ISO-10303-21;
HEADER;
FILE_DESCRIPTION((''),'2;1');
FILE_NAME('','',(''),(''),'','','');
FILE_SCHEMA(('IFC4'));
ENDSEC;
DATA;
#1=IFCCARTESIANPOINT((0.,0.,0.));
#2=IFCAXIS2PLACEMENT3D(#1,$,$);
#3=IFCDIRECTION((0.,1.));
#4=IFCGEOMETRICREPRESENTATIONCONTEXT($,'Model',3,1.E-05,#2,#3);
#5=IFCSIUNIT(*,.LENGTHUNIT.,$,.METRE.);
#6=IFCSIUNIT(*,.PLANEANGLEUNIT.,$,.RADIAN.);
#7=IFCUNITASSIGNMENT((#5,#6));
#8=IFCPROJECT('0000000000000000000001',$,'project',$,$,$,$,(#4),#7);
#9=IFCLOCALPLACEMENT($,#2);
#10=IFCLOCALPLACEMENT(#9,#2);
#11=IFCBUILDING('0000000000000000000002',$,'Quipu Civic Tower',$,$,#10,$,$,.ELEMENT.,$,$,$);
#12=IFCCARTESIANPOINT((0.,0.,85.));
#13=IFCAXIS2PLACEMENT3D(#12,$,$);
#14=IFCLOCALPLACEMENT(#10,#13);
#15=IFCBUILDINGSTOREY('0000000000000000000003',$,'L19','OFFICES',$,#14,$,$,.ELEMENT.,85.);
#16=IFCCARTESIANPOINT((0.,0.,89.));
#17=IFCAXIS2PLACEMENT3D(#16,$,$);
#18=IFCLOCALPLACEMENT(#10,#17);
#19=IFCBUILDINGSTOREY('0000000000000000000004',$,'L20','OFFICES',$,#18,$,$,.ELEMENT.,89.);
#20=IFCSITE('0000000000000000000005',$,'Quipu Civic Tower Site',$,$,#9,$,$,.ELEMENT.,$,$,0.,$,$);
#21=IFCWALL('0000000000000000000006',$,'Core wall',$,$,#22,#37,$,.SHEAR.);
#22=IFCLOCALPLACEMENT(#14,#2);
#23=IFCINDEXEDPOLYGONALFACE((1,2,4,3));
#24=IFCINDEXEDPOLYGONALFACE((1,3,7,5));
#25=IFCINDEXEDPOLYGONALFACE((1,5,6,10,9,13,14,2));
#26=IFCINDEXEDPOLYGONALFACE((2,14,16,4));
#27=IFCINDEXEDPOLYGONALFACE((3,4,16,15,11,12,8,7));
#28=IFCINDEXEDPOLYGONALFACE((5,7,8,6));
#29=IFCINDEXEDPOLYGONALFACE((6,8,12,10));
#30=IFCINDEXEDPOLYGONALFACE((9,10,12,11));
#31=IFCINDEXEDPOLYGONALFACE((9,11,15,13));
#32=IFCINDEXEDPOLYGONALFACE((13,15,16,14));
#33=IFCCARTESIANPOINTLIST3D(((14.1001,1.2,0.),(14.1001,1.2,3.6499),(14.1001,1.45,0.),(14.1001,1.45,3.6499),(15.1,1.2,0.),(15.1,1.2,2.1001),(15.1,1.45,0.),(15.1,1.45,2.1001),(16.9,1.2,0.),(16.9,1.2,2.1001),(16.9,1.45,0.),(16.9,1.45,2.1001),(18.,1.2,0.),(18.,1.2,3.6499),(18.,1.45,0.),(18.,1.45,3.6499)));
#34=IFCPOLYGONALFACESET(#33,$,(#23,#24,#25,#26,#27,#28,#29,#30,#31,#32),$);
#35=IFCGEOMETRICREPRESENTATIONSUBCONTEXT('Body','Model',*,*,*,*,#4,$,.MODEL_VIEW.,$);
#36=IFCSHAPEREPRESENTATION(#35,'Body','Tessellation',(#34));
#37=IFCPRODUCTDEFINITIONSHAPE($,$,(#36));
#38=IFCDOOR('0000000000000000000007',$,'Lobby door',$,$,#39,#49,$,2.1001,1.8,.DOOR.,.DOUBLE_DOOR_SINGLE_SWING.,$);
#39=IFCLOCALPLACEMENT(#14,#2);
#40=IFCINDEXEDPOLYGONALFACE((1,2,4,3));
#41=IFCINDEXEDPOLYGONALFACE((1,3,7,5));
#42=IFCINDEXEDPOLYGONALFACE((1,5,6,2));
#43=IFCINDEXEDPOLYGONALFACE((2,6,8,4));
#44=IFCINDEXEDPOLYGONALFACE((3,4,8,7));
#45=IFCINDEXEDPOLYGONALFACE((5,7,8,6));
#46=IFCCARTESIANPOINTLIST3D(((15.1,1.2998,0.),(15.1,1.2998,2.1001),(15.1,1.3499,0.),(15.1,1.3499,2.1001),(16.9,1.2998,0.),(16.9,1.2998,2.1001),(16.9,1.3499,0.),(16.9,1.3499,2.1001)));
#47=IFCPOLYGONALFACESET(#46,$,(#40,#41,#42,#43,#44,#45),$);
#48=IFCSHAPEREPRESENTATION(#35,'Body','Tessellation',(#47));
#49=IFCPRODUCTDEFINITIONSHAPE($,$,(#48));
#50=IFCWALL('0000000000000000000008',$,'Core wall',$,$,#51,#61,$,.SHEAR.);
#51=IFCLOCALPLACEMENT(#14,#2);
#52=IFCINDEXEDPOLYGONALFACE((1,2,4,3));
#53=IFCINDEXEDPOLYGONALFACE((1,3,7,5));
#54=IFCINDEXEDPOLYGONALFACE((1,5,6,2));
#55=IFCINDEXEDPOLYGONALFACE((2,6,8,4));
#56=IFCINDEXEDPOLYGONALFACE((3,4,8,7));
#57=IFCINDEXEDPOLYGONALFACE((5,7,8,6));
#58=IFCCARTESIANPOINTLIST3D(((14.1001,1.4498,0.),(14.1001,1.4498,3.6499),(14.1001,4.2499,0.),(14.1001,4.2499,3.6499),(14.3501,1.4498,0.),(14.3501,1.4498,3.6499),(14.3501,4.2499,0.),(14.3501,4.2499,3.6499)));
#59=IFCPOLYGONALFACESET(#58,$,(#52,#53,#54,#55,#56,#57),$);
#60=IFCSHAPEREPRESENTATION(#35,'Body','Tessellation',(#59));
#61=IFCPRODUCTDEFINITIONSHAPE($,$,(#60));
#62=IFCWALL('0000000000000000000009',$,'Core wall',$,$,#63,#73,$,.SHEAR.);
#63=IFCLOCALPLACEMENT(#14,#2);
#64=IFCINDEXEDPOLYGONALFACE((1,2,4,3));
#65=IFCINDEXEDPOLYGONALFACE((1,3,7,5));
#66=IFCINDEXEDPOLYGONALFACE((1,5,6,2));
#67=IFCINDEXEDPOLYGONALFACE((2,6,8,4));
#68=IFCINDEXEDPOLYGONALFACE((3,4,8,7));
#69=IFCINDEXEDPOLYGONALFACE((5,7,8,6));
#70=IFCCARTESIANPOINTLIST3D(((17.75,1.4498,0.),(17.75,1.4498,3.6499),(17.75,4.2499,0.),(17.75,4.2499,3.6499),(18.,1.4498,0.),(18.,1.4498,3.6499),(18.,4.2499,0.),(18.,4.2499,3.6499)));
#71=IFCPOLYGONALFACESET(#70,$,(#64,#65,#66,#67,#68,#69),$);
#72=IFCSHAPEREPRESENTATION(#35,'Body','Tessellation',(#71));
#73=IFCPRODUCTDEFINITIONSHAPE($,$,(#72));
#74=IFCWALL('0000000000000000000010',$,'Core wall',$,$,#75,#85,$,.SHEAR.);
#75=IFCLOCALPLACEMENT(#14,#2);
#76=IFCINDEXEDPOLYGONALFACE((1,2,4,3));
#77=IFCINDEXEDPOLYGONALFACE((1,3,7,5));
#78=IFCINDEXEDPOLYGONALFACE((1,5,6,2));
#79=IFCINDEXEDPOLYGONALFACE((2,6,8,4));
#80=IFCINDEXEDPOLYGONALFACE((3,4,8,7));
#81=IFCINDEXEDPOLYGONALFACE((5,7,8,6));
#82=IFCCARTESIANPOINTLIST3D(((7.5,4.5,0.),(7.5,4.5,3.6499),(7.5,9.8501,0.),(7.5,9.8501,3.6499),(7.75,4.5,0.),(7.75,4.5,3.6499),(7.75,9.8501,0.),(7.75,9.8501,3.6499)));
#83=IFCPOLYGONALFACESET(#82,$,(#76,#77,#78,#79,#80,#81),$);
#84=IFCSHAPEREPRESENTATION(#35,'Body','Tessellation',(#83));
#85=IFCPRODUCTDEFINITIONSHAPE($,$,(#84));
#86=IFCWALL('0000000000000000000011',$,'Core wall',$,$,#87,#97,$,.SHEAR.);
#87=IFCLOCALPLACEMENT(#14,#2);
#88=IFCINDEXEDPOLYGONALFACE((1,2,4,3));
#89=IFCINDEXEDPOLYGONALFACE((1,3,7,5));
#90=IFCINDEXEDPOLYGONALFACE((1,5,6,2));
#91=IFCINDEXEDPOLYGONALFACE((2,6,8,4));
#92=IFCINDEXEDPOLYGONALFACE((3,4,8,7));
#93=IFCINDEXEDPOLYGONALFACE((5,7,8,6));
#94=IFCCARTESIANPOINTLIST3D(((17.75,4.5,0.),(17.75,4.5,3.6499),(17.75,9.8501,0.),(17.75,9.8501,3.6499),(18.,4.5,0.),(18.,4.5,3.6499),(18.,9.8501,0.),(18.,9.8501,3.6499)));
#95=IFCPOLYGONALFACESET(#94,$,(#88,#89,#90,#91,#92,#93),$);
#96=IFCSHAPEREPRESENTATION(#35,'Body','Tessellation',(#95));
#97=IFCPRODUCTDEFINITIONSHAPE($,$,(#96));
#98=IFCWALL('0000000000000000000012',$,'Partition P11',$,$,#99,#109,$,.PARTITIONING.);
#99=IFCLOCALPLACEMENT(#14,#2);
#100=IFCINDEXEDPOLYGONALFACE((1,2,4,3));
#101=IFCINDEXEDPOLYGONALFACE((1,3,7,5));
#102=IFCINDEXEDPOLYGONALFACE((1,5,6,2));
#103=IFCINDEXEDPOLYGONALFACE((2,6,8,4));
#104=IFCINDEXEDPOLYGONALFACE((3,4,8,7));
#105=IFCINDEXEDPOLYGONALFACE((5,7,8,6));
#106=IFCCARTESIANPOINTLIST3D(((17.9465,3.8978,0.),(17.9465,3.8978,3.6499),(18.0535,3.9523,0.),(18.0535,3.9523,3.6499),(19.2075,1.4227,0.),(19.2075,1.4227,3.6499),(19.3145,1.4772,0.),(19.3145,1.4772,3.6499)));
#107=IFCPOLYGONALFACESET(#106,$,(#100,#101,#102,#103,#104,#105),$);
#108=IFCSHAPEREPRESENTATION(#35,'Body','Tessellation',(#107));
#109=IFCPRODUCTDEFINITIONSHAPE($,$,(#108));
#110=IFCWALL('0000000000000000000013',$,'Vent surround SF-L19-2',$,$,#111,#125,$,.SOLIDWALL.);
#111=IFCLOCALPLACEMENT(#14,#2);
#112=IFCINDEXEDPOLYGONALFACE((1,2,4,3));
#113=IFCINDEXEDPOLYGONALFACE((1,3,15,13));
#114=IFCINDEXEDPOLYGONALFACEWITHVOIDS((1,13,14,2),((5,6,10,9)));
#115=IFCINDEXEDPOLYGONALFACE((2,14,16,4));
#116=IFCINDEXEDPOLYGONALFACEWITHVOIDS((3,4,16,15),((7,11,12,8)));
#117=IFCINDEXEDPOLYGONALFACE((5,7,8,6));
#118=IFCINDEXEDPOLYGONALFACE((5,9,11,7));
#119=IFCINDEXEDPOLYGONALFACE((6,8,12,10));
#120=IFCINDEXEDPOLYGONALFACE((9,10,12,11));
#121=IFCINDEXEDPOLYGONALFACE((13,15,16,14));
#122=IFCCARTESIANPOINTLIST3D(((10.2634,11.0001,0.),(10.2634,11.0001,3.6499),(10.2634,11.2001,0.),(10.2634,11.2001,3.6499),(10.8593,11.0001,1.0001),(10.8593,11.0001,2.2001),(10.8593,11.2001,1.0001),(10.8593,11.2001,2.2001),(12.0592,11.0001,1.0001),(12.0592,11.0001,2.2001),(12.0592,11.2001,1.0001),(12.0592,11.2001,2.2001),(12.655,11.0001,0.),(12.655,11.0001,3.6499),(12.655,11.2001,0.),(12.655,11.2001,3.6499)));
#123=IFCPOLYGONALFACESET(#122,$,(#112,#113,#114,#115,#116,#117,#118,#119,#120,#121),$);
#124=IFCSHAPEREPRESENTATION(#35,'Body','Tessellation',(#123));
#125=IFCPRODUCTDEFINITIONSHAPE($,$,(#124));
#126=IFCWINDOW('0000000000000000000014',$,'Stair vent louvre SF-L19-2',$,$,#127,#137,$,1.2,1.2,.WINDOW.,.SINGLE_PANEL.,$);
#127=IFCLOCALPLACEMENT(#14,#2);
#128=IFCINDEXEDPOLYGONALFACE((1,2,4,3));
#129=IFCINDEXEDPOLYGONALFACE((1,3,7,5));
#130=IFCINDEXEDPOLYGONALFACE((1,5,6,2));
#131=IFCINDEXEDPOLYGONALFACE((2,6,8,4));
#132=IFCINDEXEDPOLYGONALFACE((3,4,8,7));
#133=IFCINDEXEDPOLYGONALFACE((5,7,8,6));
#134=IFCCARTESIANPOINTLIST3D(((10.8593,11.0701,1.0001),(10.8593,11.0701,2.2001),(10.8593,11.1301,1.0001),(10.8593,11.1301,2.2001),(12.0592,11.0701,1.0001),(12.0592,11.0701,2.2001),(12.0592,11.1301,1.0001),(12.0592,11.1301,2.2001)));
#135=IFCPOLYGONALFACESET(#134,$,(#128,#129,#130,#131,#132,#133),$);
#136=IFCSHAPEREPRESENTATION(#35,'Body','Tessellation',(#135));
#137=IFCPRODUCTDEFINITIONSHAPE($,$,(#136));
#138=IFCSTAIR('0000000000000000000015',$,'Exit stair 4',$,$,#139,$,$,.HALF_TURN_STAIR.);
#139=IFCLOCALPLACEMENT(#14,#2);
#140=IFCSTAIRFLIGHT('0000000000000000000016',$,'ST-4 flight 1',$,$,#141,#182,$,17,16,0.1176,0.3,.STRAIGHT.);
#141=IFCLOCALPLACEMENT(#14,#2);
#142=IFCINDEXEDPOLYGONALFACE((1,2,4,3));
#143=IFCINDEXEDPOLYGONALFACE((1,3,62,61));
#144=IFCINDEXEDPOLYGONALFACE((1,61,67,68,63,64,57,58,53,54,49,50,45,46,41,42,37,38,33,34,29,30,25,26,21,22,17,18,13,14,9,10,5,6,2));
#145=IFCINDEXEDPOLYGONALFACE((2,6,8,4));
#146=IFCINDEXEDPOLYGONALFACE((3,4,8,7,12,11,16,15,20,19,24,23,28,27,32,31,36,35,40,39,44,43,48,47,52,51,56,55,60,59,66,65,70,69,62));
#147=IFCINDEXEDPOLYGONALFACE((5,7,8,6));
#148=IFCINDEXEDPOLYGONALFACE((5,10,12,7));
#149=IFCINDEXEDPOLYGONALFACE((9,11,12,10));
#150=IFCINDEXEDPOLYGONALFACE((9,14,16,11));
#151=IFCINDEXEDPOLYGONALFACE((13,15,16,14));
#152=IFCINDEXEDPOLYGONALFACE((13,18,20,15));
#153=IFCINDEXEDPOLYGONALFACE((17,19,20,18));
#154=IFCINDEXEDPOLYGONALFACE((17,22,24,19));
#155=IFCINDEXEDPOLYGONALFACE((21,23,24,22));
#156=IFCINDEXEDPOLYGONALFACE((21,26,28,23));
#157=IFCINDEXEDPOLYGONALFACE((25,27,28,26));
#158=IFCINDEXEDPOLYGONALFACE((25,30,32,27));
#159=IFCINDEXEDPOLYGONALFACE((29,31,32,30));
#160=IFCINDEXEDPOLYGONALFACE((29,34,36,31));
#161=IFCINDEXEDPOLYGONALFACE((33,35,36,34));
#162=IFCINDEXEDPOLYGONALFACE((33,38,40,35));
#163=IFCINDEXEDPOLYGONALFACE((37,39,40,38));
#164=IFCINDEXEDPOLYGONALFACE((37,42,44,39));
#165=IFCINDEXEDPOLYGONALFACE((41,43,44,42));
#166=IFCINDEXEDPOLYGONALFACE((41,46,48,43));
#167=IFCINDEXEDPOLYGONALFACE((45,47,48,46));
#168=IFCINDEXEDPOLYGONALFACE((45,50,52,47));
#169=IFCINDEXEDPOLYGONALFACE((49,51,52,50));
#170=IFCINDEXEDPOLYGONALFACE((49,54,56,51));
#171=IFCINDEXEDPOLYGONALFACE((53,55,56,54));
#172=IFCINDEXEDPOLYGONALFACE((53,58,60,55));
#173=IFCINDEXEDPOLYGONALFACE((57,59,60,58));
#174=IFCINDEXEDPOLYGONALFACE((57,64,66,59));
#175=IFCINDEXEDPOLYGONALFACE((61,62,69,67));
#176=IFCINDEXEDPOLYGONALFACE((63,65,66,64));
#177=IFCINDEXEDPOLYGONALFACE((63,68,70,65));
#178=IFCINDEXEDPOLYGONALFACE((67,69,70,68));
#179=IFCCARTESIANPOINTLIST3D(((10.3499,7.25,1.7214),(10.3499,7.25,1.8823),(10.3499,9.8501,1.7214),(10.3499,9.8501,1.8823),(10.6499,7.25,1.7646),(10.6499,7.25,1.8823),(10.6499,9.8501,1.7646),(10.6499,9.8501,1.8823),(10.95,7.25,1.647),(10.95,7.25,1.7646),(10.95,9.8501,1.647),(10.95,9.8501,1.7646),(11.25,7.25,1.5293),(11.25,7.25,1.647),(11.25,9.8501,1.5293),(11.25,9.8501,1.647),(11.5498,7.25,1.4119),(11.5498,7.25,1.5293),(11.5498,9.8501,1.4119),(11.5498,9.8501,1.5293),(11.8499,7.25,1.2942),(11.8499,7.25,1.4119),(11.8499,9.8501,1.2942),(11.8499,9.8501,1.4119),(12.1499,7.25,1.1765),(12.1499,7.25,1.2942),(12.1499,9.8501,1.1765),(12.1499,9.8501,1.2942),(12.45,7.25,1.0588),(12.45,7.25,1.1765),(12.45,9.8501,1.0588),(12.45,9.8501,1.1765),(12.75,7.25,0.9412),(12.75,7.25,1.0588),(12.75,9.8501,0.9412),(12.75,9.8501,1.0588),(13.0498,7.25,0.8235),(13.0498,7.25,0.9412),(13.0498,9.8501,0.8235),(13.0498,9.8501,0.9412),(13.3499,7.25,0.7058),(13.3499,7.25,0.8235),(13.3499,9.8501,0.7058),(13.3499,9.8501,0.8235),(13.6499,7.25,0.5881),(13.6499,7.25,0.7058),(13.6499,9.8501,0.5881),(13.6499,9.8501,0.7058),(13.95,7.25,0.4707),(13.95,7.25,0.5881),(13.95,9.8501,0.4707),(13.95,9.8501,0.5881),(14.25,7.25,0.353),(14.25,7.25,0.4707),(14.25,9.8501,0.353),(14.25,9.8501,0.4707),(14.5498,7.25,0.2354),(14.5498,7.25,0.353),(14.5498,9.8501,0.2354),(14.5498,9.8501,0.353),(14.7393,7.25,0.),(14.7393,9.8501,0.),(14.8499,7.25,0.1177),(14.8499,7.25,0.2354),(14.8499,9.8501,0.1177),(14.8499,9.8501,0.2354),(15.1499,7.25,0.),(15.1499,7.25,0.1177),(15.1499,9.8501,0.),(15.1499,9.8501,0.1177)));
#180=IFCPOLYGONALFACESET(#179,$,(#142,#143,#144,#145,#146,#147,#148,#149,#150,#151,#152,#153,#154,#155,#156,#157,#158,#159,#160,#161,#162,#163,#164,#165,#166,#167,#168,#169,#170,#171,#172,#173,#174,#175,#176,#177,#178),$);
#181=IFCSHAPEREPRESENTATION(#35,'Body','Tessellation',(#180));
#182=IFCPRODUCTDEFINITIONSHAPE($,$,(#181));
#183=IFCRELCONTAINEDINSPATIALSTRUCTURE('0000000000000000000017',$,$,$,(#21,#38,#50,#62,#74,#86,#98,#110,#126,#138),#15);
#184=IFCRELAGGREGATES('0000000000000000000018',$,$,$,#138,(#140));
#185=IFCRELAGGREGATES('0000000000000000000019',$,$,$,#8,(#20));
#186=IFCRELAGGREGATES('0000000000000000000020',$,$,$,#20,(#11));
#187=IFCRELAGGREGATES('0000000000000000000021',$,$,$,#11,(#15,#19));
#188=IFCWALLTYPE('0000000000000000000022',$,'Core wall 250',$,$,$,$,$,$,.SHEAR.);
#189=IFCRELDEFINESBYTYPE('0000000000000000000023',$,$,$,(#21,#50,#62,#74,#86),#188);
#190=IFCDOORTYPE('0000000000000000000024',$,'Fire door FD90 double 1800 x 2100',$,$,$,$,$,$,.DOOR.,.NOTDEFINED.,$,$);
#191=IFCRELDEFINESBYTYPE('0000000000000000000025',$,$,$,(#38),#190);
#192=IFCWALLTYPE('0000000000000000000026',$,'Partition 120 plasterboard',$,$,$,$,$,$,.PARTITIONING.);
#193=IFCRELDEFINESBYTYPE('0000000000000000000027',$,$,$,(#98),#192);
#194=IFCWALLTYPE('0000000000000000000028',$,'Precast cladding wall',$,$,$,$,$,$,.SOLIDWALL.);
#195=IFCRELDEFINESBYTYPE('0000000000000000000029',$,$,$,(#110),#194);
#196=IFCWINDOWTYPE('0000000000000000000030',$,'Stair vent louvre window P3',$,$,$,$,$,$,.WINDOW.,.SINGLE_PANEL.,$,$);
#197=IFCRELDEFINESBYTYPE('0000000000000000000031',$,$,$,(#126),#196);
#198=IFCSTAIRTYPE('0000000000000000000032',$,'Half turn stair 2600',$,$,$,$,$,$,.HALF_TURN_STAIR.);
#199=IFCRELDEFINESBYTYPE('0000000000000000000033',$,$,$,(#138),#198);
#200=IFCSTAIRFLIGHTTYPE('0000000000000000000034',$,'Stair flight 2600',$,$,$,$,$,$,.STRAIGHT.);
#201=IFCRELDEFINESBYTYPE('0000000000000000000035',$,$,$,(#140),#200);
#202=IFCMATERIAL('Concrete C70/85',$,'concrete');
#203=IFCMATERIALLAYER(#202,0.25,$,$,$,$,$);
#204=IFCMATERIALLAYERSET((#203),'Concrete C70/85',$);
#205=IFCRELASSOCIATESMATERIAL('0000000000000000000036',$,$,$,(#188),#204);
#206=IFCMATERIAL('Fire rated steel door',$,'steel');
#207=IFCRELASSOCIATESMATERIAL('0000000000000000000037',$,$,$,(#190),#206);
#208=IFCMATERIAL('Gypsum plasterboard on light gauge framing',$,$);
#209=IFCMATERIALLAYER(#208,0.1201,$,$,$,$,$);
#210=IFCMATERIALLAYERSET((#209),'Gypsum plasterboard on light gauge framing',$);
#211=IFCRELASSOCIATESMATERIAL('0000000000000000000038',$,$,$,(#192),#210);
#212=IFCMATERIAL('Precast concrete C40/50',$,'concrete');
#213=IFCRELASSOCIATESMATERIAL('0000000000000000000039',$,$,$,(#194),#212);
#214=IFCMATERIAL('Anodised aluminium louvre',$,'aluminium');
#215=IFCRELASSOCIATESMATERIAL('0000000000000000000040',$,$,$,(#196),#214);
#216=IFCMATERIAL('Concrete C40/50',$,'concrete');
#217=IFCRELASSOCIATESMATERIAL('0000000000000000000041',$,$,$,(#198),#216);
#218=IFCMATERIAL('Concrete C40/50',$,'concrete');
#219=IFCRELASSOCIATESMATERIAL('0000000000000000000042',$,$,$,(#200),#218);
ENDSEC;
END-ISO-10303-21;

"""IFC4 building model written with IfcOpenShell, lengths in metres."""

from ifc_helpers import new_model, si_unit, direction, frame, frame_2d, origin, place, context, subcontext, project, spatial, polyline, rectangle, outline, extrude, material, layer, layer_set, type_object, element, fill, aggregate, save


model = new_model("IFC4")

# Units and contexts
model_context = context("Model", 3, precision=1e-05, world=origin(), true_north=direction((0.0, 1.0)))
body_context = subcontext(model_context, "Body", "Model", "MODEL_VIEW")
ifc_project = project(units=[si_unit("LENGTHUNIT", "METRE"), si_unit("PLANEANGLEUNIT", "RADIAN")], contexts=[model_context])

# Site, building, storey
site_placement = place(None, origin())
site = spatial("IfcSite", under=ifc_project, at=site_placement, Name="Quipu Civic Tower Site", CompositionType="ELEMENT", RefElevation=0.0)
building_placement = place(site_placement, origin())
building = spatial("IfcBuilding", under=site, at=building_placement, Name="Quipu Civic Tower", CompositionType="ELEMENT")
storey_1_placement = place(building_placement, frame((0.0, 0.0, 85.0)))
storey_1 = spatial("IfcBuildingStorey", under=building, at=storey_1_placement, Name="L19", Description="OFFICES", CompositionType="ELEMENT", Elevation=85.0)

# Shared definitions
storey_2_placement = place(building_placement, frame((0.0, 0.0, 89.0)))
storey_2 = spatial("IfcBuildingStorey", under=building, at=storey_2_placement, Name="L20", Description="OFFICES", CompositionType="ELEMENT", Elevation=89.0)

# Wall, opening, door
ifc_material_1 = material(Name="Concrete C70/85", Category="concrete")
ifc_layer_1 = layer(ifc_material_1, 0.25)
ifc_layer_set_1 = layer_set([ifc_layer_1], Name="Concrete C70/85")
wall_type_1 = type_object("IfcWallType", Name="Core wall 250", PredefinedType="SHEAR", material=ifc_layer_set_1)
wall_1_placement = place(storey_1_placement, frame((14.1001, 1.325, 0.0), z_axis=(0.0, 0.0, 1.0), x_axis=(1.0, 0.0, 0.0)))
wall_1 = element("IfcWall", 1, at=wall_1_placement, inside=storey_1, type_object=wall_type_1, Name="Core wall", PredefinedType="SHEAR", context=body_context, shape_type="SweptSolid", body=[
    extrude(rectangle(XDim=3.8999, YDim=0.25, at=frame_2d((1.95, 0.0))), origin(), (0.0, 0.0, 1.0), 3.6499),
])
opening_1_placement = place(wall_1_placement, frame((1.0, 0.0, 0.0)))
opening_1 = element("IfcOpeningElement", 2, at=opening_1_placement, cuts=wall_1, PredefinedType="OPENING", context=body_context, shape_type="SweptSolid", body=[
    extrude(rectangle(XDim=1.8, YDim=2.1001, at=frame_2d((0.8999, 1.05))), frame((0.0, 0.135, 0.0), z_axis=(0.0, -1.0, 0.0), x_axis=(1.0, 0.0, 0.0)), (0.0, 0.0, 1.0), 0.27),
])
ifc_material_2 = material(Name="Fire rated steel door", Category="steel")
door_type = type_object("IfcDoorType", Name="Fire door FD90 double 1800 x 2100", OperationType="NOTDEFINED", PredefinedType="DOOR", material=ifc_material_2)
door_placement = place(opening_1_placement, origin())
door = element("IfcDoor", 3, at=door_placement, inside=storey_1, type_object=door_type, Name="Lobby door", OperationType="DOUBLE_DOOR_SINGLE_SWING", OverallHeight=2.1001, OverallWidth=1.8, PredefinedType="DOOR", context=body_context, shape_type="SweptSolid", body=[
    extrude(rectangle(XDim=1.8, YDim=2.1001, at=frame_2d((0.8999, 1.05))), frame((0.0, 0.0249, 0.0), z_axis=(0.0, -1.0, 0.0), x_axis=(1.0, 0.0, 0.0)), (0.0, 0.0, 1.0), 0.05),
])
fill(opening_1, door)

# Walls
for number, where, z_axis, x_axis, name in (
    (4, (14.2251, 1.45, 0.0), (0.0, 0.0, 1.0), (0.0, 1.0, 0.0), "Core wall"),
    (5, (17.875, 1.45, 0.0), (0.0, 0.0, 1.0), (0.0, 1.0, 0.0), "Core wall"),
):
    element("IfcWall", number, at=place(storey_1_placement, frame(where, z_axis=z_axis, x_axis=x_axis)), inside=storey_1, type_object=wall_type_1, Name=name, PredefinedType="SHEAR", context=body_context, shape_type="SweptSolid", body=[
        extrude(rectangle(XDim=2.8, YDim=0.25, at=frame_2d((1.3999, 0.0))), origin(), (0.0, 0.0, 1.0), 3.6499),
    ])
for number, where, z_axis, x_axis, name in (
    (6, (7.625, 4.5, 0.0), (0.0, 0.0, 1.0), (0.0, 1.0, 0.0), "Core wall"),
    (7, (17.875, 4.5, 0.0), (0.0, 0.0, 1.0), (0.0, 1.0, 0.0), "Core wall"),
):
    element("IfcWall", number, at=place(storey_1_placement, frame(where, z_axis=z_axis, x_axis=x_axis)), inside=storey_1, type_object=wall_type_1, Name=name, PredefinedType="SHEAR", context=body_context, shape_type="SweptSolid", body=[
        extrude(rectangle(XDim=5.3501, YDim=0.25, at=frame_2d((2.675, 0.0))), origin(), (0.0, 0.0, 1.0), 3.6499),
    ])
ifc_material_3 = material(Name="Gypsum plasterboard on light gauge framing")
ifc_layer_2 = layer(ifc_material_3, 0.1201)
ifc_layer_set_2 = layer_set([ifc_layer_2], Name="Gypsum plasterboard on light gauge framing")
wall_type_2 = type_object("IfcWallType", Name="Partition 120 plasterboard", PredefinedType="PARTITIONING", material=ifc_layer_set_2)
wall_2_placement = place(storey_1_placement, frame((18.0, 3.925, 0.0), z_axis=(0.0, 0.0, 1.0), x_axis=(0.453951, -0.891027, 0.0)))
element("IfcWall", 8, at=wall_2_placement, inside=storey_1, type_object=wall_type_2, Name="Partition P11", PredefinedType="PARTITIONING", context=body_context, shape_type="SweptSolid", body=[
    extrude(rectangle(XDim=2.7778, YDim=0.1201, at=frame_2d((1.3889, 0.0))), origin(), (0.0, 0.0, 1.0), 3.6499),
])

# Wall, opening, window
ifc_material_4 = material(Name="Precast concrete C40/50", Category="concrete")
wall_type_3 = type_object("IfcWallType", Name="Precast cladding wall", PredefinedType="SOLIDWALL", material=ifc_material_4)
wall_3_placement = place(storey_1_placement, frame((12.655, 11.1001, 0.0), z_axis=(0.0, 0.0, 1.0), x_axis=(-1.0, 0.0, 0.0)))
wall_3 = element("IfcWall", 9, at=wall_3_placement, inside=storey_1, type_object=wall_type_3, Name="Vent surround SF-L19-2", PredefinedType="SOLIDWALL", context=body_context, shape_type="SweptSolid", body=[
    extrude(rectangle(XDim=2.3916, YDim=0.2, at=frame_2d((1.1958, 0.0))), origin(), (0.0, 0.0, 1.0), 3.6499),
])
opening_2_placement = place(wall_3_placement, frame((0.5957, 0.0, 1.0)))
opening_2 = element("IfcOpeningElement", 10, at=opening_2_placement, cuts=wall_3, PredefinedType="OPENING", context=body_context, shape_type="SweptSolid", body=[
    extrude(rectangle(XDim=1.2, YDim=1.2, at=frame_2d((0.6001, 0.6001))), frame((0.0, 0.1099, 0.0), z_axis=(0.0, -1.0, 0.0), x_axis=(1.0, 0.0, 0.0)), (0.0, 0.0, 1.0), 0.22),
])
ifc_material_5 = material(Name="Anodised aluminium louvre", Category="aluminium")
window_type = type_object("IfcWindowType", Name="Stair vent louvre window P3", PartitioningType="SINGLE_PANEL", PredefinedType="WINDOW", material=ifc_material_5)
window_placement = place(opening_2_placement, origin())
window = element("IfcWindow", 11, at=window_placement, inside=storey_1, type_object=window_type, Name="Stair vent louvre SF-L19-2", OverallHeight=1.2, OverallWidth=1.2, PartitioningType="SINGLE_PANEL", PredefinedType="WINDOW", context=body_context, shape_type="SweptSolid", body=[
    extrude(rectangle(XDim=1.2, YDim=1.2, at=frame_2d((0.6001, 0.6001))), frame((0.0, 0.03, 0.0), z_axis=(0.0, -1.0, 0.0), x_axis=(1.0, 0.0, 0.0)), (0.0, 0.0, 1.0), 0.0601),
])
fill(opening_2, window)

# Stair, stair flight
ifc_material_6 = material(Name="Concrete C40/50", Category="concrete")
stair_type = type_object("IfcStairType", Name="Half turn stair 2600", PredefinedType="HALF_TURN_STAIR", material=ifc_material_6)
stair_placement = place(storey_1_placement, origin())
stair = element("IfcStair", 12, at=stair_placement, inside=storey_1, type_object=stair_type, Name="Exit stair 4", PredefinedType="HALF_TURN_STAIR")
ifc_material_7 = material(Name="Concrete C40/50", Category="concrete")
stair_flight_type = type_object("IfcStairFlightType", Name="Stair flight 2600", PredefinedType="STRAIGHT", material=ifc_material_7)
stair_flight_1_placement = place(storey_1_placement, frame((15.1499, 8.55, 0.0), z_axis=(0.0, 0.0, 1.0), x_axis=(-1.0, 0.0, 0.0)))
stair_flight_1 = element("IfcStairFlight", 13, at=stair_flight_1_placement, type_object=stair_flight_type, Name="ST-4 flight 1", NumberOfRisers=17, NumberOfTreads=16, PredefinedType="STRAIGHT", RiserHeight=0.1176, TreadLength=0.3, context=body_context, shape_type="SweptSolid", body=[
    extrude(outline(polyline([(0.0, 0.0), (0.0, 0.1177), (0.3, 0.1177), (0.3, 0.2354), (0.6001, 0.2354), (0.6001, 0.353), (0.8999, 0.353), (0.8999, 0.4707), (1.2, 0.4707), (1.2, 0.5881), (1.5, 0.5881), (1.5, 0.7058), (1.8, 0.7058), (1.8, 0.8235), (2.1001, 0.8235), (2.1001, 0.9412), (2.3999, 0.9412), (2.3999, 1.0588), (2.7, 1.0588), (2.7, 1.1765), (3.0, 1.1765), (3.0, 1.2942), (3.3, 1.2942), (3.3, 1.4119), (3.6001, 1.4119), (3.6001, 1.5293), (3.8999, 1.5293), (3.8999, 1.647), (4.2, 1.647), (4.2, 1.7646), (4.5, 1.7646), (4.5, 1.8823), (4.8, 1.8823), (4.8, 2.0), (4.8, 1.7214), (0.4106, 0.0), (0.0, 0.0)])), frame((0.0, 1.3, 0.0), z_axis=(0.0, -1.0, 0.0), x_axis=(1.0, 0.0, 0.0)), (0.0, 0.0, 1.0), 2.6001),
])
aggregate(stair, [stair_flight_1])

save(model, "model.ifc")
